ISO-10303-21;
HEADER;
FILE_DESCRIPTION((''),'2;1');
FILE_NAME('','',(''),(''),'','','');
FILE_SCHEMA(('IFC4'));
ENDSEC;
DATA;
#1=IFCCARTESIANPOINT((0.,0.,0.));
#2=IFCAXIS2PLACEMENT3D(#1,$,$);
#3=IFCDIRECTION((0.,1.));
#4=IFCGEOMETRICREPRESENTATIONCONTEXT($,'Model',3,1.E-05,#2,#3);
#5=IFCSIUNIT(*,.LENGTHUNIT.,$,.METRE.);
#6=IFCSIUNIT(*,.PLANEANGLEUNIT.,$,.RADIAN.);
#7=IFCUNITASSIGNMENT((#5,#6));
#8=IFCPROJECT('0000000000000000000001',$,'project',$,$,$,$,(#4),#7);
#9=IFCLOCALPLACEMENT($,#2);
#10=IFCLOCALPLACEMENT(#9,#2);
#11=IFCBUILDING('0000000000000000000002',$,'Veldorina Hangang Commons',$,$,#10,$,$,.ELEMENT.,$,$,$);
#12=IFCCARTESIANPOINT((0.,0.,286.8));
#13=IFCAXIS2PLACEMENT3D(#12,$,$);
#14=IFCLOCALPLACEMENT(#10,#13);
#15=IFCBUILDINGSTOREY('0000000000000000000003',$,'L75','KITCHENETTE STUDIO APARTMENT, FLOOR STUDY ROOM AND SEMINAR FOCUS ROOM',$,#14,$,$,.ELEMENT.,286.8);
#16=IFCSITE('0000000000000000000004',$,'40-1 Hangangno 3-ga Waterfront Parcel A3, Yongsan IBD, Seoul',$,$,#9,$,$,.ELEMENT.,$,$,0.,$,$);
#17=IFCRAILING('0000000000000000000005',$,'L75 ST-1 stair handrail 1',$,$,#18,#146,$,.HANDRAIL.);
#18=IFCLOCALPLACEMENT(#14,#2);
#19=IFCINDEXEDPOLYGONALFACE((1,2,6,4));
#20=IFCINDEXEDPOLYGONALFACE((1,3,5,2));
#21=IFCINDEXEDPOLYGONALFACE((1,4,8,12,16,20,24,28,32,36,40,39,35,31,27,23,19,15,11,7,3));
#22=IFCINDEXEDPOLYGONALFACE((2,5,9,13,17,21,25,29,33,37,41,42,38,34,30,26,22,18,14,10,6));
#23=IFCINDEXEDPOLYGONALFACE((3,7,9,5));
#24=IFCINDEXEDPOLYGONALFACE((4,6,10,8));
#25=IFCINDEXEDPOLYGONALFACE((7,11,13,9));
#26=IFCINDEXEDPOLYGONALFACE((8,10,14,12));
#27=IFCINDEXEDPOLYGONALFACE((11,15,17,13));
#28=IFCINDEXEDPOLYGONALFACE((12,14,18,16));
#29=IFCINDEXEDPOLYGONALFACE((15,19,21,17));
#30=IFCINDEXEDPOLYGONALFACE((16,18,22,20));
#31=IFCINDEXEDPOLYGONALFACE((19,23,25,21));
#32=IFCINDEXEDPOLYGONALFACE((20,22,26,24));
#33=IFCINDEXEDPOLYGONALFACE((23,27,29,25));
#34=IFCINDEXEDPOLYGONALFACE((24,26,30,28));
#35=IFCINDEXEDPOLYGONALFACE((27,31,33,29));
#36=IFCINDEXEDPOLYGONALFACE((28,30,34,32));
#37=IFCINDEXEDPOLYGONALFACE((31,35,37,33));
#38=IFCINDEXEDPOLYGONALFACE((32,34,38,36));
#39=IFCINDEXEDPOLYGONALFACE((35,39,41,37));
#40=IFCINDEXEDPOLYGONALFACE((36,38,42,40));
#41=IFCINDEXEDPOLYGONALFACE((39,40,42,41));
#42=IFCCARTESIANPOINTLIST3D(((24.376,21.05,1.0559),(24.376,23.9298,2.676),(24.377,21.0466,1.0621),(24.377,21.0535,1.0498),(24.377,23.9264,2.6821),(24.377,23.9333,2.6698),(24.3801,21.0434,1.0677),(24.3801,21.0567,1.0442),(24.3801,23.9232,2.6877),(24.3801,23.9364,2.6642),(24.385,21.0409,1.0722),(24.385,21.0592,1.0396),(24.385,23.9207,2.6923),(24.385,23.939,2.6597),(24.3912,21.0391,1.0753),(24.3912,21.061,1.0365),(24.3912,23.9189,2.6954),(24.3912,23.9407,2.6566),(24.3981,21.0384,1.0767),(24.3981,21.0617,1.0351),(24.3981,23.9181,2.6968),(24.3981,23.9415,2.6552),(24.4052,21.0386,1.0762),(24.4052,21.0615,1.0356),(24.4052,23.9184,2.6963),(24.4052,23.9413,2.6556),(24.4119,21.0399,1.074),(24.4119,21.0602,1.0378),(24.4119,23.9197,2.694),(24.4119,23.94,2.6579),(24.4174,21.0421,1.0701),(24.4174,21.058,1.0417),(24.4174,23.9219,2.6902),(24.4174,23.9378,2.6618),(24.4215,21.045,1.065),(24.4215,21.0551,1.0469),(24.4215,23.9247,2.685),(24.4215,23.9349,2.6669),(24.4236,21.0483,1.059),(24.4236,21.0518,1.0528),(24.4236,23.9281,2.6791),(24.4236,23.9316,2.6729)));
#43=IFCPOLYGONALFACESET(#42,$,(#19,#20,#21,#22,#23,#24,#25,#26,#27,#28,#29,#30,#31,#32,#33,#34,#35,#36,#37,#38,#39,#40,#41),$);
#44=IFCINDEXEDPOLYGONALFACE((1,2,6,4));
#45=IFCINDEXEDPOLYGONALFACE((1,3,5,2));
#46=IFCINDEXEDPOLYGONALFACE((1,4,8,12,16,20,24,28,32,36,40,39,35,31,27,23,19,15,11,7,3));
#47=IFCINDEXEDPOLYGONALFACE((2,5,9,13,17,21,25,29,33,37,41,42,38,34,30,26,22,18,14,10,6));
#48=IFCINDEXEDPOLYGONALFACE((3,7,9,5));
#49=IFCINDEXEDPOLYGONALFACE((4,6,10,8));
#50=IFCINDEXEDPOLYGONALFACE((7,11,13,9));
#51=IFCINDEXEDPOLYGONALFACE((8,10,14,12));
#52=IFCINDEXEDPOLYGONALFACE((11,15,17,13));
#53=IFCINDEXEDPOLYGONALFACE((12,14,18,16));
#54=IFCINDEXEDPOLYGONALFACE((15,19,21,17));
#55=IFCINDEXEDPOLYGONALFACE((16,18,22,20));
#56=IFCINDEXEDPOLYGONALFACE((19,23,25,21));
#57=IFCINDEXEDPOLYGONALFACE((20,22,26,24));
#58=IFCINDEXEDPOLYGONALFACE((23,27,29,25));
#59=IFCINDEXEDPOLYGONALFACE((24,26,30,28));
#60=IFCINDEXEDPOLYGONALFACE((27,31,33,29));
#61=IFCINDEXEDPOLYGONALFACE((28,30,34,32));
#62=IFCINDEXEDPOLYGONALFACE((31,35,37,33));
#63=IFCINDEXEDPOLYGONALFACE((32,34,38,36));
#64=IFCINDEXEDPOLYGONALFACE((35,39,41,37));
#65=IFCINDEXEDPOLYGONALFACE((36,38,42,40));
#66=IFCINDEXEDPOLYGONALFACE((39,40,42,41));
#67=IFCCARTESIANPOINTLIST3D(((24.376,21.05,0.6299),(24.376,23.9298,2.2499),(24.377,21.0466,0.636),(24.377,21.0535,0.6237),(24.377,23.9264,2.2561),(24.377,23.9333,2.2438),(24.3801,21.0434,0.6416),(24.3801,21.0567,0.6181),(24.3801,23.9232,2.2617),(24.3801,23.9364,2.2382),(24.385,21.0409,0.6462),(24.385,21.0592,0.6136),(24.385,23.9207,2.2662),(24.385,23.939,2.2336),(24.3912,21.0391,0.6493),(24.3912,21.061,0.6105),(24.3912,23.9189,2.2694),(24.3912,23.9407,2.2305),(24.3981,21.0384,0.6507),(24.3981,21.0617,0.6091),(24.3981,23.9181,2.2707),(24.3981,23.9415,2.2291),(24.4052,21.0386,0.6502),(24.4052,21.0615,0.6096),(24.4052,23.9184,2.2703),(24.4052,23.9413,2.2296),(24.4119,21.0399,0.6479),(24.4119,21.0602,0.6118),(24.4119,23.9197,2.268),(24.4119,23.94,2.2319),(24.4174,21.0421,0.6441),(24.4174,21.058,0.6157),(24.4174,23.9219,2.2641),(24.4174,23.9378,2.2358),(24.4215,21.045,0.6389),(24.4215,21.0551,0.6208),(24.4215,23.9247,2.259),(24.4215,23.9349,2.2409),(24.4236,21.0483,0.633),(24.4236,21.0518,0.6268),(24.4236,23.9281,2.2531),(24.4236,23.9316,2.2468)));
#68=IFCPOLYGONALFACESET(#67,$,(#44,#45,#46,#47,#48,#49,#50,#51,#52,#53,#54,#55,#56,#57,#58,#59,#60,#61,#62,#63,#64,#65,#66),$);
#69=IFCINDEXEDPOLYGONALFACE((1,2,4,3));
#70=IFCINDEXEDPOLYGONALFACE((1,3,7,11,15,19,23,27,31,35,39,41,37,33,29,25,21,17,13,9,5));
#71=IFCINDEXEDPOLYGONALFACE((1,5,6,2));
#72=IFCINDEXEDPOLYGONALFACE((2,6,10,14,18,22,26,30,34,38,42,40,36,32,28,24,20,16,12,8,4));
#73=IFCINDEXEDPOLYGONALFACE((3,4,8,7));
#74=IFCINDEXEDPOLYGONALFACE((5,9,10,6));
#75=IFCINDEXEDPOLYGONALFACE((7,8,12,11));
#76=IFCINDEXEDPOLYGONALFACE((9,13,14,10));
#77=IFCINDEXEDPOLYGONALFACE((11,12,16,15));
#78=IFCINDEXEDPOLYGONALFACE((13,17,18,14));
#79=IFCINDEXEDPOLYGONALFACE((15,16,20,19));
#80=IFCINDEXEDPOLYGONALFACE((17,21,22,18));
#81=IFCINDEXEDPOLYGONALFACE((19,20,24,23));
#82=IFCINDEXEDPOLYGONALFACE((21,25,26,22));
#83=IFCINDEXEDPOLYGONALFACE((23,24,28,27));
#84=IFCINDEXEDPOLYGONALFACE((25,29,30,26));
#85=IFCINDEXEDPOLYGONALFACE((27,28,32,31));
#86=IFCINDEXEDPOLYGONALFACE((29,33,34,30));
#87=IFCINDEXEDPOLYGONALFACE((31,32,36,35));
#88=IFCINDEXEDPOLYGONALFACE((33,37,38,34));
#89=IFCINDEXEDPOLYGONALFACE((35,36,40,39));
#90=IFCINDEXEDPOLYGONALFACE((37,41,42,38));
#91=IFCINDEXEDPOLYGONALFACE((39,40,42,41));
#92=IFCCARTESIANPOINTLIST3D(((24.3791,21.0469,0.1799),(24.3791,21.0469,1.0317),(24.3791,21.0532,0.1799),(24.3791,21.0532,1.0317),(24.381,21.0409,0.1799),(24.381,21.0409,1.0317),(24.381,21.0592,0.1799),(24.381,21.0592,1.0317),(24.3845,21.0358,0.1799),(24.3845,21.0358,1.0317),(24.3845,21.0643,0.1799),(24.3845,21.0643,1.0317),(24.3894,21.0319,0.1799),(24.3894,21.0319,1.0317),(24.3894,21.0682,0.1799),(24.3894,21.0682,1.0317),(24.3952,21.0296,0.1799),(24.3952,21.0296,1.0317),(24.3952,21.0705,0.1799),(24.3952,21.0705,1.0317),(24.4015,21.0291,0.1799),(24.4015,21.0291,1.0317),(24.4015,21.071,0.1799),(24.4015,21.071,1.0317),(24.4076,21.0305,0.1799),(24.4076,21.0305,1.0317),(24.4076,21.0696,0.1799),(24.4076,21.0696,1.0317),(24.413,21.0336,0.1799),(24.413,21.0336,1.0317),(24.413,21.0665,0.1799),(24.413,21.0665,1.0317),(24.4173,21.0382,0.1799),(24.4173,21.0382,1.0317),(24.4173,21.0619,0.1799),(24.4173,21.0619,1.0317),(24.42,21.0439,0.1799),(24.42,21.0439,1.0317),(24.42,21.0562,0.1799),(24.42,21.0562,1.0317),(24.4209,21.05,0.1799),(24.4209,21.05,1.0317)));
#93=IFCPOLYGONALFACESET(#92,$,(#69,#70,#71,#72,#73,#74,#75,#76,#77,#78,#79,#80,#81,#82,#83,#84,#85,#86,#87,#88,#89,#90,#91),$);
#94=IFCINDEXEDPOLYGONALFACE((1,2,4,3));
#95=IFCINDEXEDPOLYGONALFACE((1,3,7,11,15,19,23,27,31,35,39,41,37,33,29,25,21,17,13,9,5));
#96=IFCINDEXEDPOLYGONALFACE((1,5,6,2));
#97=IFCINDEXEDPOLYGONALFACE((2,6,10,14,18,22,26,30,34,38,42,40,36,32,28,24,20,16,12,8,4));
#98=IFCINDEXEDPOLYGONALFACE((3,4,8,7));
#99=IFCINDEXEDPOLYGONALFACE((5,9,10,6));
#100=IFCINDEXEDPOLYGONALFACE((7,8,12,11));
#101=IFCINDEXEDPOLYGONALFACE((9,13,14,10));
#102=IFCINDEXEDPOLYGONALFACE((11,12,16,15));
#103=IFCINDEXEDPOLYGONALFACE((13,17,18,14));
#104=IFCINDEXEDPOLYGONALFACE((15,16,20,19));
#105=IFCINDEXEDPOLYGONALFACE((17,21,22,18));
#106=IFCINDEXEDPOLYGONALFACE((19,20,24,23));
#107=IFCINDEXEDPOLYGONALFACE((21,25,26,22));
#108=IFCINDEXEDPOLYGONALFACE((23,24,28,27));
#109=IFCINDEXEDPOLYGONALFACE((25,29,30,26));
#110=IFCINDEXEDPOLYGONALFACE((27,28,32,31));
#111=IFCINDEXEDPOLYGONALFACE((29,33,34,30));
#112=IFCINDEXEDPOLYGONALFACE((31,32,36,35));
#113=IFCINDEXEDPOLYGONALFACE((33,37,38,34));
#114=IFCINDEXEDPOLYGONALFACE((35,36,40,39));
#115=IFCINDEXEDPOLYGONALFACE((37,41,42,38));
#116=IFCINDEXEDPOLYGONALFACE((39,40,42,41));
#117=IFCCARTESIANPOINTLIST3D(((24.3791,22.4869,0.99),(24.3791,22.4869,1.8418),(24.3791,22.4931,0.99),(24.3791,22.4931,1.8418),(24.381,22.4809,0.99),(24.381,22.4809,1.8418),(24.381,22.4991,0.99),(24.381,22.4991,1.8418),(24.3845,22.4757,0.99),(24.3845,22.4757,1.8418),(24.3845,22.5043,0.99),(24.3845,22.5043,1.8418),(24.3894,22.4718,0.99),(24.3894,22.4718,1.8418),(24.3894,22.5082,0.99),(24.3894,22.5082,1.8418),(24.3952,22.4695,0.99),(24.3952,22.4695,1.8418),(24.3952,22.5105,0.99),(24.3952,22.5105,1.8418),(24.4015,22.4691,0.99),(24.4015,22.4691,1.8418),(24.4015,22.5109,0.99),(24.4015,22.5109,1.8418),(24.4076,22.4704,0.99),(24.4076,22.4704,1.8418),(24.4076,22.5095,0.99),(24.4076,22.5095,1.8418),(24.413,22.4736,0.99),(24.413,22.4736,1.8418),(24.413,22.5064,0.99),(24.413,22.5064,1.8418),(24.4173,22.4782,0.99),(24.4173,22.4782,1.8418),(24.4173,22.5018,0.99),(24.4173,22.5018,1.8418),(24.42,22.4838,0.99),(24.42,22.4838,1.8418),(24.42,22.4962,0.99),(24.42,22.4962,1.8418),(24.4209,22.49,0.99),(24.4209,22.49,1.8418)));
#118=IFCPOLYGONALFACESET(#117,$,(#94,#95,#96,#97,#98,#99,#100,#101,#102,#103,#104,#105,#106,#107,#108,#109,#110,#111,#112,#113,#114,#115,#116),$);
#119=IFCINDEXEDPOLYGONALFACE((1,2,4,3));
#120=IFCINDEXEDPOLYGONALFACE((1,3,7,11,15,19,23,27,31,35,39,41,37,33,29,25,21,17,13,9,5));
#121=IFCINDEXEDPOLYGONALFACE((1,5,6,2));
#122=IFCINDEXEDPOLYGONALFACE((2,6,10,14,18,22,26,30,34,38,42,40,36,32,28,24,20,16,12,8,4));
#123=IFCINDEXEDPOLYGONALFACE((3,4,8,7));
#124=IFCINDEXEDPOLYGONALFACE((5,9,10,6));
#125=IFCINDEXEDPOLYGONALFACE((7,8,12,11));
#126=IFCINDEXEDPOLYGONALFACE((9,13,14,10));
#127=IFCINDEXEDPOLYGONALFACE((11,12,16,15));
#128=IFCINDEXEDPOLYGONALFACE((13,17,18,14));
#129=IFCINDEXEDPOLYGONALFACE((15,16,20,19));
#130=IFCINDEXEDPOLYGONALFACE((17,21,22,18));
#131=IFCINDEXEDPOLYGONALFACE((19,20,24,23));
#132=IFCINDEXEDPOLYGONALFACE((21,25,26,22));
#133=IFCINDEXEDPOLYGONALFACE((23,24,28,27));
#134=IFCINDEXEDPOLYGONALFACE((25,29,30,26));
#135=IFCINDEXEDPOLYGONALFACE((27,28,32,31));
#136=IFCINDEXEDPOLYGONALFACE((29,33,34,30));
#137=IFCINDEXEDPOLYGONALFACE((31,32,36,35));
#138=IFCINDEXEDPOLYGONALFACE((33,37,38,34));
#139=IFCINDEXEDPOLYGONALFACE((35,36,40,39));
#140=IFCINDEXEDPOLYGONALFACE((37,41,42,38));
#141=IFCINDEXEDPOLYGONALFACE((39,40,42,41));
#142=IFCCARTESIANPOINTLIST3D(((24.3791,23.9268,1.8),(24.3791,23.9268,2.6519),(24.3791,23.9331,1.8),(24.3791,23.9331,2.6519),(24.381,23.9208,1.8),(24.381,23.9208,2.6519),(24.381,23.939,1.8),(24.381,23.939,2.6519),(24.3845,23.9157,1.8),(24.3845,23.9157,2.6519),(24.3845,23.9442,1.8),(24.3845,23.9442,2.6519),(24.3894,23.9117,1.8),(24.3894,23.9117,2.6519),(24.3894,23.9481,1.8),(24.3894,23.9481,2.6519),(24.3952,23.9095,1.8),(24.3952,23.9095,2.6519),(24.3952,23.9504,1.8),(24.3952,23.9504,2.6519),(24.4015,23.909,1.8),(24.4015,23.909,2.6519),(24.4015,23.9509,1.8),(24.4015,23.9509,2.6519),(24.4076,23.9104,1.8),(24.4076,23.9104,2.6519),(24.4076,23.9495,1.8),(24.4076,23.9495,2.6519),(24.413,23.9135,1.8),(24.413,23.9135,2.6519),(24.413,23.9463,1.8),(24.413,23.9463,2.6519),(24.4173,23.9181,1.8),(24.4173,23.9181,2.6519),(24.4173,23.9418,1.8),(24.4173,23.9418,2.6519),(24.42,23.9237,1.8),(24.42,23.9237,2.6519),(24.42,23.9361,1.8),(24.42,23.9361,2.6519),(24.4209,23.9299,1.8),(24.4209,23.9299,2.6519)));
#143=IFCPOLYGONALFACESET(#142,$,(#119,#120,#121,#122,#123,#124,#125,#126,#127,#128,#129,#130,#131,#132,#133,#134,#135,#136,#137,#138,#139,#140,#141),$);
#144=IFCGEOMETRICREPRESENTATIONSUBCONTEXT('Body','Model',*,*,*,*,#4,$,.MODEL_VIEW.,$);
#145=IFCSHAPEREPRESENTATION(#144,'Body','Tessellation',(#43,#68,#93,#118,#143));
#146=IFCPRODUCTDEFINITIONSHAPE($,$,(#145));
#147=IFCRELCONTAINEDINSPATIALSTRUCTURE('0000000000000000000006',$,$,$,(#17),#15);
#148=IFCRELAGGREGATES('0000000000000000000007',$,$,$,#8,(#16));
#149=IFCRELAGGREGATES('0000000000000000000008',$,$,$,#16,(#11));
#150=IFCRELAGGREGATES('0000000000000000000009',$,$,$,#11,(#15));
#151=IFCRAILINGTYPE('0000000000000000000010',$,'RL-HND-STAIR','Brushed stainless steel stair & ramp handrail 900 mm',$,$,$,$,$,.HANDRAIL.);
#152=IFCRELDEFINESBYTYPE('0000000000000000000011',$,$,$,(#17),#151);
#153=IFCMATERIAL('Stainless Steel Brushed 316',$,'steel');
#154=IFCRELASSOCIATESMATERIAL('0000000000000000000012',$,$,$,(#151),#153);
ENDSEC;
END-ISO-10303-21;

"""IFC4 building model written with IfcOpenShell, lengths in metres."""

from ifc_helpers import new_model, si_unit, direction, frame, origin, origin_2d, place, context, subcontext, project, spatial, circle, extrude, material, type_object, element, save


model = new_model("IFC4")

# Units and contexts
model_context = context("Model", 3, precision=1e-05, world=origin(), true_north=direction((0.0, 1.0)))
body_context = subcontext(model_context, "Body", "Model", "MODEL_VIEW")
ifc_project = project(units=[si_unit("LENGTHUNIT", "METRE"), si_unit("PLANEANGLEUNIT", "RADIAN")], contexts=[model_context])

# Site, building, storey
site_placement = place(None, origin())
site = spatial("IfcSite", under=ifc_project, at=site_placement, Name="40-1 Hangangno 3-ga Waterfront Parcel A3, Yongsan IBD, Seoul", CompositionType="ELEMENT", RefElevation=0.0)
building_placement = place(site_placement, origin())
building = spatial("IfcBuilding", under=site, at=building_placement, Name="Veldorina Hangang Commons", CompositionType="ELEMENT")
storey_placement = place(building_placement, frame((0.0, 0.0, 286.8)))
storey = spatial("IfcBuildingStorey", under=building, at=storey_placement, Name="L75", Description="KITCHENETTE STUDIO APARTMENT, FLOOR STUDY ROOM AND SEMINAR FOCUS ROOM", CompositionType="ELEMENT", Elevation=286.8)

# Railing
ifc_material_1 = material(Name="Stainless Steel Brushed 316", Category="steel")
railing_type_1 = type_object("IfcRailingType", Name="RL-HND-STAIR", Description="Brushed stainless steel stair & ramp handrail 900 mm", PredefinedType="HANDRAIL", material=ifc_material_1)
railing_1_placement = place(storey_placement, frame((24.3999, 21.05, 0.1799)))
element("IfcRailing", 1, at=railing_1_placement, inside=storey, type_object=railing_type_1, Name="L75 ST-1 stair handrail 1", PredefinedType="HANDRAIL", context=body_context, shape_type="SweptSolid", body=[
    extrude(circle(Radius=0.0239, at=origin_2d()), frame((0.0, 0.0, 0.876), z_axis=(0.0, 0.871552, 0.490303), x_axis=(-1.0, 0.0, 0.0)), (0.0, 0.0, 1.0), 3.3042),
    extrude(circle(Radius=0.0239, at=origin_2d()), frame((0.0, 0.0, 0.45), z_axis=(0.0, 0.871552, 0.490303), x_axis=(-1.0, 0.0, 0.0)), (0.0, 0.0, 1.0), 3.3042),
    extrude(circle(Radius=0.021, at=origin_2d()), origin(), (0.0, 0.0, 1.0), 0.8518),
    extrude(circle(Radius=0.021, at=origin_2d()), frame((0.0, 1.4399, 0.8101)), (0.0, 0.0, 1.0), 0.8518),
    extrude(circle(Radius=0.021, at=origin_2d()), frame((0.0, 2.8799, 1.6201)), (0.0, 0.0, 1.0), 0.8518),
])

save(model, "model.ifc")
